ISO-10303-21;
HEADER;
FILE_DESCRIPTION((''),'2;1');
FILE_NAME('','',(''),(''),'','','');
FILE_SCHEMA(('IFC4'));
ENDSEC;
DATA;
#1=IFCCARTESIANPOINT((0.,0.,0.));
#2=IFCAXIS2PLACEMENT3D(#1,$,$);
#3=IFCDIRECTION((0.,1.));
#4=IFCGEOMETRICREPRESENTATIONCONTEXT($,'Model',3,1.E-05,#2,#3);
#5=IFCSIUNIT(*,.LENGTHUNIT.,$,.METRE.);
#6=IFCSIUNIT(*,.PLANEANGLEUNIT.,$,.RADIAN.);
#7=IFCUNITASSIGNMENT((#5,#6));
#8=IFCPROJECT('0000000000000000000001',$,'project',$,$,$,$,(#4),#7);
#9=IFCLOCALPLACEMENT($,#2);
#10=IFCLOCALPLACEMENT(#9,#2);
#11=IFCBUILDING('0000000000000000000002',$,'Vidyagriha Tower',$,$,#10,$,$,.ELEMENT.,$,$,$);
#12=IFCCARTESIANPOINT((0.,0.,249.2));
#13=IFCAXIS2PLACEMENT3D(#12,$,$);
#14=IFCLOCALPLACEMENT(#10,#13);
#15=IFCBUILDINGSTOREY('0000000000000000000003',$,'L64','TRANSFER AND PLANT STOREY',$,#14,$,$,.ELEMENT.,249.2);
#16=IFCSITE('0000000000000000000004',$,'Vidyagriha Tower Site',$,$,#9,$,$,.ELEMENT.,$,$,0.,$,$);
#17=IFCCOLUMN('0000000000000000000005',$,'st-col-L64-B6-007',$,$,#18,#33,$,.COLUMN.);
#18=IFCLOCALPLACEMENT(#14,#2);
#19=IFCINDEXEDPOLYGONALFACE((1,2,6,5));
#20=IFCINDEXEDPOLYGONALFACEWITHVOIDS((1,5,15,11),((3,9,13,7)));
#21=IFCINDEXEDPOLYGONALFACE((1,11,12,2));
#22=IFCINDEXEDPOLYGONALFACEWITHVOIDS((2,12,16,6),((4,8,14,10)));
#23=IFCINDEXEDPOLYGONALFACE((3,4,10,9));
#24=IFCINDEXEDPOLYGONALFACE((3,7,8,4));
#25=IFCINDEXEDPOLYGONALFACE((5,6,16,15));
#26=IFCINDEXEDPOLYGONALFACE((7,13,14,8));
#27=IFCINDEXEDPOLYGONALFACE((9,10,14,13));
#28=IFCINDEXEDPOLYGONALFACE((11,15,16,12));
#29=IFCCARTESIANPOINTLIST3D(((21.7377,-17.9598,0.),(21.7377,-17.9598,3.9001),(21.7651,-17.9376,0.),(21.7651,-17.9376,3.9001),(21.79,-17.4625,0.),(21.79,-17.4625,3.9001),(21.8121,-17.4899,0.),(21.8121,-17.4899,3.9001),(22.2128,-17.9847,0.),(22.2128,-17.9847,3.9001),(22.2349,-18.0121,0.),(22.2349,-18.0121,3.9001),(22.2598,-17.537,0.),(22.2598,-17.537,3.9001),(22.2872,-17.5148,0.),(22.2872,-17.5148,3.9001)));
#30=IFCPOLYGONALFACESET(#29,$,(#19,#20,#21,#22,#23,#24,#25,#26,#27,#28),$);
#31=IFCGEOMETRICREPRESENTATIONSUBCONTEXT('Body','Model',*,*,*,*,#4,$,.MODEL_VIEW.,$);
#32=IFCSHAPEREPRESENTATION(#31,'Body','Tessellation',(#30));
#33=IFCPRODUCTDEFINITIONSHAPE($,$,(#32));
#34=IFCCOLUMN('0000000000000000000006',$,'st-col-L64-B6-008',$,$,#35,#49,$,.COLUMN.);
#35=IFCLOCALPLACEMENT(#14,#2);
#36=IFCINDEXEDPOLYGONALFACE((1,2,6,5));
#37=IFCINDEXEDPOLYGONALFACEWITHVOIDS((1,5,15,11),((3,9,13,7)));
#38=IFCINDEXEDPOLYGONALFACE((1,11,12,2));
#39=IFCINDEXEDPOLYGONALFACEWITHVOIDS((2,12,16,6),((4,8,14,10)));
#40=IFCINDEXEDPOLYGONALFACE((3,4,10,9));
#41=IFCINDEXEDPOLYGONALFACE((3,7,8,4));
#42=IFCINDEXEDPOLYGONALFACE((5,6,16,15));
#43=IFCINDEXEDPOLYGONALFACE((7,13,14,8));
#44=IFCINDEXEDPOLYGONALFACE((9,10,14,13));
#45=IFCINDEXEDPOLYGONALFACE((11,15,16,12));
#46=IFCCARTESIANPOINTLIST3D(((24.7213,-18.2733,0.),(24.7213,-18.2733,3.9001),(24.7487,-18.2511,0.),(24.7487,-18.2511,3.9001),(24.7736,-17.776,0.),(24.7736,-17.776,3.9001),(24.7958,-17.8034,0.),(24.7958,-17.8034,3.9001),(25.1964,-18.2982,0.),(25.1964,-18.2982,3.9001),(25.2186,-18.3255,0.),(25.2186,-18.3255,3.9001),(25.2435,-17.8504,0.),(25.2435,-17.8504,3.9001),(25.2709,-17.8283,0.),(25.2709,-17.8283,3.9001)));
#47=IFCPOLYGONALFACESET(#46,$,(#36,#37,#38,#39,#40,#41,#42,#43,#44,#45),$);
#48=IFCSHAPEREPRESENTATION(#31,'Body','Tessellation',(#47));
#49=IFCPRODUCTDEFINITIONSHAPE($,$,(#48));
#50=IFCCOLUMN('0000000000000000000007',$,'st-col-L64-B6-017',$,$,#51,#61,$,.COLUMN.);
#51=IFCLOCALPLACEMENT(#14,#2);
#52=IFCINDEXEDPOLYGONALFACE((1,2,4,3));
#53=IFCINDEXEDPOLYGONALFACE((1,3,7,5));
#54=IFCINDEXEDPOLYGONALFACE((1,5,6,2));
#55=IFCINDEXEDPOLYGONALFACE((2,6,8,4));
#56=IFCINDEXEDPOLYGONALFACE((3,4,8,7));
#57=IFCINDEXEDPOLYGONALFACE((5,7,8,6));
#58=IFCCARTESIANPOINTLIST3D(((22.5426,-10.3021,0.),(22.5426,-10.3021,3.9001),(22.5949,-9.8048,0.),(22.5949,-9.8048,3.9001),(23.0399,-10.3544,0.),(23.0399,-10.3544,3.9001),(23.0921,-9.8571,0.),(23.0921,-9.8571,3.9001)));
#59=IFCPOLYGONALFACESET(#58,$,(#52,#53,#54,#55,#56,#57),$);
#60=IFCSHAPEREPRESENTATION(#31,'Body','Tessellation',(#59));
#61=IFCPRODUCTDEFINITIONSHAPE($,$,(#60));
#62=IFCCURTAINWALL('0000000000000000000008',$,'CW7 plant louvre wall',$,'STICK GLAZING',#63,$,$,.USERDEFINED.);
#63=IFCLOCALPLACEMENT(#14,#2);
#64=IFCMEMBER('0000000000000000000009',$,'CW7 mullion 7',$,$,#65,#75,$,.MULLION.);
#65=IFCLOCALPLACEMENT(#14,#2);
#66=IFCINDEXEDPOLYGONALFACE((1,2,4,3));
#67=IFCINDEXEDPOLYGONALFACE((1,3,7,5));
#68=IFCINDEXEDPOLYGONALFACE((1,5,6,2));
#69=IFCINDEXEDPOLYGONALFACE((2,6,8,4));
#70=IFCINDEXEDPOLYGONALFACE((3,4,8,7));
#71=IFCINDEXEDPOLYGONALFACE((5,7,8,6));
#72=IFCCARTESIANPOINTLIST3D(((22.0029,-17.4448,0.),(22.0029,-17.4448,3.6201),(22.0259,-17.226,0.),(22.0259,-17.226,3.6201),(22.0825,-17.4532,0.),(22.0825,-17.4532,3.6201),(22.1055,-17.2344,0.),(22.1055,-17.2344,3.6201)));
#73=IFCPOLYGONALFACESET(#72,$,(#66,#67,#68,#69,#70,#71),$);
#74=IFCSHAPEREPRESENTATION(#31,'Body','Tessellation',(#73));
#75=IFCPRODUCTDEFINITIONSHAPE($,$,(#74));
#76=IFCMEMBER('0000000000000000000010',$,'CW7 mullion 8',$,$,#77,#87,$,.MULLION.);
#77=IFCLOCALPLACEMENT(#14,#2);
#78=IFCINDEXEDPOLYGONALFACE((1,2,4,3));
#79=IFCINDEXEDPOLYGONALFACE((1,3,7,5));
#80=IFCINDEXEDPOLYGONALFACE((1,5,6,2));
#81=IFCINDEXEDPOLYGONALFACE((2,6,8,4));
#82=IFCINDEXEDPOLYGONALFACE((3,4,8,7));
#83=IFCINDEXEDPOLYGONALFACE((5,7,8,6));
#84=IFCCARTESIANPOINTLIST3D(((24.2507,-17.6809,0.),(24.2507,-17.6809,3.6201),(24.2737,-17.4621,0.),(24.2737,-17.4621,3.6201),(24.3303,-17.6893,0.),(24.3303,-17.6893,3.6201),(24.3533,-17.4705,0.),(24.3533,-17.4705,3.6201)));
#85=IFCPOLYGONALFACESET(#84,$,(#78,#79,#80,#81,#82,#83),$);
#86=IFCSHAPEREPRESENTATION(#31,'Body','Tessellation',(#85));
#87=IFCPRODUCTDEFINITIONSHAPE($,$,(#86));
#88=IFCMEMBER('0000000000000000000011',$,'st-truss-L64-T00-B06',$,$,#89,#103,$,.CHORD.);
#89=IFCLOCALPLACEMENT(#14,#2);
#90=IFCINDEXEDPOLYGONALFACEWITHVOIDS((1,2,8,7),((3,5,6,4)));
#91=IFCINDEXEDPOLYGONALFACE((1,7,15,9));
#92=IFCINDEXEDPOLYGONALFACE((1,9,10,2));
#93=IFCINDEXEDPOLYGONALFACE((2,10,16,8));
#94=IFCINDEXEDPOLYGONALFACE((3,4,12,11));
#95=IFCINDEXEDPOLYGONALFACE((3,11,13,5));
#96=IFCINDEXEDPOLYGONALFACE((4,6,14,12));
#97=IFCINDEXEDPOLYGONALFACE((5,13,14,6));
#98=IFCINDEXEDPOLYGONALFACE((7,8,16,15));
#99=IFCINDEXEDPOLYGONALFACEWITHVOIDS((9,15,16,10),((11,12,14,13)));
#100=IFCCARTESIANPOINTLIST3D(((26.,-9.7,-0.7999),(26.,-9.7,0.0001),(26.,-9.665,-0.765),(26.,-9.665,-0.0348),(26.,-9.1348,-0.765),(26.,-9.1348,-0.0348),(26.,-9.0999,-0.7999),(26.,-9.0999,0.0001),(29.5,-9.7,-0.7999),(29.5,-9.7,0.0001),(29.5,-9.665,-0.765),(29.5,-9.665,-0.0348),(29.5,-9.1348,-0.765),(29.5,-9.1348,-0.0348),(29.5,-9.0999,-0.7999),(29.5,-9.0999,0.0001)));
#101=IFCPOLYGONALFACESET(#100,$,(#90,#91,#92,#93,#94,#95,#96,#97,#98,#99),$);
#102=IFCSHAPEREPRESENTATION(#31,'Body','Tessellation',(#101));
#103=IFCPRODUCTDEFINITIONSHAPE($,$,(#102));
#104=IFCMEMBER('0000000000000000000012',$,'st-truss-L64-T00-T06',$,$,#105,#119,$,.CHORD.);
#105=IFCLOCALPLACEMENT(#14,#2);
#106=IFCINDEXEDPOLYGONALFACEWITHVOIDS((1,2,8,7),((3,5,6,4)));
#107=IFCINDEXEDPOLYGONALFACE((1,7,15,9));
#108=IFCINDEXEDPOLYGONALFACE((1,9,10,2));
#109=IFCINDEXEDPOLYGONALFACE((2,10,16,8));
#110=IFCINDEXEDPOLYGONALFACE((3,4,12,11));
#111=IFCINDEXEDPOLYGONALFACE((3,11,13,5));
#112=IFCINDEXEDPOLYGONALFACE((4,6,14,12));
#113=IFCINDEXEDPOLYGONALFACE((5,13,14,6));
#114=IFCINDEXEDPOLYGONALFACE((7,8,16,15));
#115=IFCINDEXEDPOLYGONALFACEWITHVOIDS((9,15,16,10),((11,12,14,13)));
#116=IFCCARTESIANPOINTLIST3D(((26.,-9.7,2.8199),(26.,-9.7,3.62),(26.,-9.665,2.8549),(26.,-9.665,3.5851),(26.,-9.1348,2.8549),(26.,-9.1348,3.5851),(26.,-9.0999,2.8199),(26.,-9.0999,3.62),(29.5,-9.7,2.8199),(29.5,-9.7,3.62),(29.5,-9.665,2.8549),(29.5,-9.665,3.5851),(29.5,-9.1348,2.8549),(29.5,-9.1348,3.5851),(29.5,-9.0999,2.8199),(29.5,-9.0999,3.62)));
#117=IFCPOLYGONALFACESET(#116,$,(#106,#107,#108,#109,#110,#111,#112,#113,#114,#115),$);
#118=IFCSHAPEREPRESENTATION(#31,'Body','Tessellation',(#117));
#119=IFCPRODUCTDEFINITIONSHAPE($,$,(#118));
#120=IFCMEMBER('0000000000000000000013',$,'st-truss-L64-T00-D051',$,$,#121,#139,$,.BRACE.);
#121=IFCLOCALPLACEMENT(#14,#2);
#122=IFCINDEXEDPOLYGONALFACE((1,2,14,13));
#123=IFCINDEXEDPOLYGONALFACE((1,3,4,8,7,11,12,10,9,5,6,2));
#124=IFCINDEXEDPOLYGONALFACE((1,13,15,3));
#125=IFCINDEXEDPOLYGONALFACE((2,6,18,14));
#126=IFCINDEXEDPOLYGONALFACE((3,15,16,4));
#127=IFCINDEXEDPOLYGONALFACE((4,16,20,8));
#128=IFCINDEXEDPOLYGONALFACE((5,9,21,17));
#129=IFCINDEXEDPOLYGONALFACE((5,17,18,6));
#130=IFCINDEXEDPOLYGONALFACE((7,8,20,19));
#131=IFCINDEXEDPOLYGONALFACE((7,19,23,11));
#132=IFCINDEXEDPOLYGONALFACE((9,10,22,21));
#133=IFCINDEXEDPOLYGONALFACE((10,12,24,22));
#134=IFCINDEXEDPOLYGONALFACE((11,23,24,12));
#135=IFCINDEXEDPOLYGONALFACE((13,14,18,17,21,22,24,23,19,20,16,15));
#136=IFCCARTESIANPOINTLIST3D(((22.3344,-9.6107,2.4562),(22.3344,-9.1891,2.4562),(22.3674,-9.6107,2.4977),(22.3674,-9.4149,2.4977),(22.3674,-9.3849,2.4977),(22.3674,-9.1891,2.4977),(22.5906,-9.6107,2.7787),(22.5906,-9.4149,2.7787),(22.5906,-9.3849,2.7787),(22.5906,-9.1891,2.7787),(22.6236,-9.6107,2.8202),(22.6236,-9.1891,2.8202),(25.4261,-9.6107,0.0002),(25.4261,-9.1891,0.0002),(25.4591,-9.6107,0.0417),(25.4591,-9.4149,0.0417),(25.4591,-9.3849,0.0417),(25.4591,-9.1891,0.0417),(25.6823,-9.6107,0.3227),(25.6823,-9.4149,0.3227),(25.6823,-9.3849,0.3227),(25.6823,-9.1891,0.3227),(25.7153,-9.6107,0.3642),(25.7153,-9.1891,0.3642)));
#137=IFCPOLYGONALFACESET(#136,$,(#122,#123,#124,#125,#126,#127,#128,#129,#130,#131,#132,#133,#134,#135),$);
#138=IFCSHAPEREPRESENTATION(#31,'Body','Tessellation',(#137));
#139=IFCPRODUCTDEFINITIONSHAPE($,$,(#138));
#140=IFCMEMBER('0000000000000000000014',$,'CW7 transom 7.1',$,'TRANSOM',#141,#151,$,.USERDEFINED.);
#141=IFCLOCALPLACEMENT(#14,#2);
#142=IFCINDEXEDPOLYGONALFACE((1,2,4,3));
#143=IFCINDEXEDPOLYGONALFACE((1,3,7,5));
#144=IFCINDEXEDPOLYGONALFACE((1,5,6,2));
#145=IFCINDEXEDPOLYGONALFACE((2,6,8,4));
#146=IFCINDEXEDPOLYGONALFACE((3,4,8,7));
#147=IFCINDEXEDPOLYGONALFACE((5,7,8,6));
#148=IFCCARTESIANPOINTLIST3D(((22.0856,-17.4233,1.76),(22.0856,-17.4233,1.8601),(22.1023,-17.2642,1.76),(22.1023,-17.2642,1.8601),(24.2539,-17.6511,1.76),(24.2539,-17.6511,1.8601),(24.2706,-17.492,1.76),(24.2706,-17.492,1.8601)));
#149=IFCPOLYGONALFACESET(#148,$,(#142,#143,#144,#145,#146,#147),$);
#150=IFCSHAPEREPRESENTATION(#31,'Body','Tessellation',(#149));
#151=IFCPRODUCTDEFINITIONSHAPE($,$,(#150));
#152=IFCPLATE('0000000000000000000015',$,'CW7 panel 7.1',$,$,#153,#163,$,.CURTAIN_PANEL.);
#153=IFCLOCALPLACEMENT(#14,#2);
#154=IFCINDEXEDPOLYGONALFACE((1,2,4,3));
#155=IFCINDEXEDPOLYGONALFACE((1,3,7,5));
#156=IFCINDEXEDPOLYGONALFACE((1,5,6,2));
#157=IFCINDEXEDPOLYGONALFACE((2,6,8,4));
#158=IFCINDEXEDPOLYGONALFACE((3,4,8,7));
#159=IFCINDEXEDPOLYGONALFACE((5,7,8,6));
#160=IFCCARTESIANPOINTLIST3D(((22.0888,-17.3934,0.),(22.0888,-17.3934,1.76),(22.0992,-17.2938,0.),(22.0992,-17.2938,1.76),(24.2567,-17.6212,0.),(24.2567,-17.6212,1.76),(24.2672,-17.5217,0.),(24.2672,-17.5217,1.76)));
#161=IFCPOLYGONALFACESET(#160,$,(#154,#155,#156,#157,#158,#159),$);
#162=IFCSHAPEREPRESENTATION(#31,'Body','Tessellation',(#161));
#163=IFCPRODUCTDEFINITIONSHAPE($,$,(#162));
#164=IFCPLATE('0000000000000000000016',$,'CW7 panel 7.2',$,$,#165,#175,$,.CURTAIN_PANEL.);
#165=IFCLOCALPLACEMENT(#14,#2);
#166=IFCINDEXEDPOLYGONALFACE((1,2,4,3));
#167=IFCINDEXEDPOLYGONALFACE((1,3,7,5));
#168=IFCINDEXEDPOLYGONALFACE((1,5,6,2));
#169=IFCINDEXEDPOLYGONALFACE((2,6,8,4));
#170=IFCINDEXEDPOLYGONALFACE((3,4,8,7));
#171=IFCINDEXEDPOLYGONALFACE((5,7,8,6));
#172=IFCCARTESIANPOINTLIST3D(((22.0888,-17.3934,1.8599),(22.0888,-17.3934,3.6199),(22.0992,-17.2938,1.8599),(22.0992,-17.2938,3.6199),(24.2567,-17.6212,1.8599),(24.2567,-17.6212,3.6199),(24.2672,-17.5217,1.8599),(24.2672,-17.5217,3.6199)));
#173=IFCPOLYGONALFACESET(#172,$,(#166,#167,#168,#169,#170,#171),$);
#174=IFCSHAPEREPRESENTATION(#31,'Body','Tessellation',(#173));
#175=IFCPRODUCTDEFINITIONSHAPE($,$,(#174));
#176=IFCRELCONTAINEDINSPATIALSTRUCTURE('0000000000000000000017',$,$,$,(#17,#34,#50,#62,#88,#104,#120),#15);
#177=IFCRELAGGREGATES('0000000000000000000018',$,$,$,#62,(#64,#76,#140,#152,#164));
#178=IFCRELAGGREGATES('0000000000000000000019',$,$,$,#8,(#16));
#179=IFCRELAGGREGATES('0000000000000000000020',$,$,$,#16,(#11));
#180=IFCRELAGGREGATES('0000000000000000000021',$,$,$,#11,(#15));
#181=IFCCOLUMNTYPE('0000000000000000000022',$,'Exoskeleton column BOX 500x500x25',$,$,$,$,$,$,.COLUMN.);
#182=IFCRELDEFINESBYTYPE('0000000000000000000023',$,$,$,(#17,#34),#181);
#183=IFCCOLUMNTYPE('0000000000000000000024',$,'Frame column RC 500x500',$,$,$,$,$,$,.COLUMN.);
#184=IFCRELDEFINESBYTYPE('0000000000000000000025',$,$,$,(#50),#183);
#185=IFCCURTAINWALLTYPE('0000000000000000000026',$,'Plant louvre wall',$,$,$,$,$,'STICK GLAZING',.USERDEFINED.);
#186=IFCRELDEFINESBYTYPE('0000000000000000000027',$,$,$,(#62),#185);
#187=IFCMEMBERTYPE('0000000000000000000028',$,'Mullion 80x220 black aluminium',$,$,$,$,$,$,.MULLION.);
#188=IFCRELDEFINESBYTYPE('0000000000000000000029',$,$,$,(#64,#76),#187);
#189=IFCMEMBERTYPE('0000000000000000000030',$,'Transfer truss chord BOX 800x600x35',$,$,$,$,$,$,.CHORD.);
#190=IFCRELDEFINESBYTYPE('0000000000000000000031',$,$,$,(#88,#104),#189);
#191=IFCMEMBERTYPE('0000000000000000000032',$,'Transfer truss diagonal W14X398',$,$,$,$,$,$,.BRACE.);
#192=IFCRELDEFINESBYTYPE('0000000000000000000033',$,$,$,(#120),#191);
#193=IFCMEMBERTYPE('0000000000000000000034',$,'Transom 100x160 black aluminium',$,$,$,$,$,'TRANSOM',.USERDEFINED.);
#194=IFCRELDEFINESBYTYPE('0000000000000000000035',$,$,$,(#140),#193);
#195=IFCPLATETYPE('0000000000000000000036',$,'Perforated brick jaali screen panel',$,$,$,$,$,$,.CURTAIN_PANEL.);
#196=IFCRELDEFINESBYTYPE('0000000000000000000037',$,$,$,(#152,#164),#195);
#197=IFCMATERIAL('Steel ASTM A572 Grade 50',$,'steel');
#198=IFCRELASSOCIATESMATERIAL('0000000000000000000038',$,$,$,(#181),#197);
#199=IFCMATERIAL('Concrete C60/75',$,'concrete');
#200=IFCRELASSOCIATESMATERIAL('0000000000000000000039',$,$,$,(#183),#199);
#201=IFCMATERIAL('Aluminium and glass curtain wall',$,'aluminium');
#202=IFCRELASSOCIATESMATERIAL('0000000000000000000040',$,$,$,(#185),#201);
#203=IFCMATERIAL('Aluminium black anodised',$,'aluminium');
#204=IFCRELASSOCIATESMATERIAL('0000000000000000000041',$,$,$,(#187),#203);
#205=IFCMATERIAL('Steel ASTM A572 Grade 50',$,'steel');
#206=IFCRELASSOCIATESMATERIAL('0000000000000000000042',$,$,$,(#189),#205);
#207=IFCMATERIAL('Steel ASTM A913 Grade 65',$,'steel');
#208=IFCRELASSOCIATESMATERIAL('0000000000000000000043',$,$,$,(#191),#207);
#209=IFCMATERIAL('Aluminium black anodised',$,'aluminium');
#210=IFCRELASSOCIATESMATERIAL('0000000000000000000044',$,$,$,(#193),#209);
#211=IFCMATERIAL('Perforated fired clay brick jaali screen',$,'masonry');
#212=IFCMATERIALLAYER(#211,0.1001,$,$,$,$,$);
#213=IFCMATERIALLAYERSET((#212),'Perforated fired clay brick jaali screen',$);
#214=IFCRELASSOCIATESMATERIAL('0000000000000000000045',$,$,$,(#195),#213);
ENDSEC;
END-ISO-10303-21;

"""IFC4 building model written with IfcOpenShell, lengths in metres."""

from ifc_helpers import new_model, si_unit, direction, frame, origin, origin_2d, place, context, subcontext, project, spatial, rectangle, hollow_rectangle, i_section, extrude, material, layer, layer_set, material_profile, profile_set, type_object, element, aggregate, save


model = new_model("IFC4")

# Units and contexts
model_context = context("Model", 3, precision=1e-05, world=origin(), true_north=direction((0.0, 1.0)))
body_context = subcontext(model_context, "Body", "Model", "MODEL_VIEW")
ifc_project = project(units=[si_unit("LENGTHUNIT", "METRE"), si_unit("PLANEANGLEUNIT", "RADIAN")], contexts=[model_context])

# Site, building, storey
site_placement = place(None, origin())
site = spatial("IfcSite", under=ifc_project, at=site_placement, Name="Vidyagriha Tower Site", CompositionType="ELEMENT", RefElevation=0.0)
building_placement = place(site_placement, origin())
building = spatial("IfcBuilding", under=site, at=building_placement, Name="Vidyagriha Tower", CompositionType="ELEMENT")
storey_placement = place(building_placement, frame((0.0, 0.0, 249.2)))
storey = spatial("IfcBuildingStorey", under=building, at=storey_placement, Name="L64", Description="TRANSFER AND PLANT STOREY", CompositionType="ELEMENT", Elevation=249.2)

# Columns
ifc_material_1 = material(Name="Steel ASTM A572 Grade 50", Category="steel")
ifc_material_profile_1 = material_profile(ifc_material_1, hollow_rectangle(XDim=0.5, YDim=0.5, WallThickness=0.0249, at=origin_2d()), Name="BOX 500x500x25")
ifc_profile_set_1 = profile_set([ifc_material_profile_1], Name="Steel ASTM A572 Grade 50")
column_type_1 = type_object("IfcColumnType", Name="Exoskeleton column BOX 500x500x25", PredefinedType="COLUMN", material=ifc_profile_set_1)
for number, where, z_axis, x_axis, name in (
    (1, (22.0125, -17.7373, 0.0), (0.0, 0.0, 1.0), (0.994522, -0.104528, 0.0), "st-col-L64-B6-007"),
    (2, (24.9961, -18.0508, 0.0), (0.0, 0.0, 1.0), (0.994522, -0.104528, 0.0), "st-col-L64-B6-008"),
):
    element("IfcColumn", number, at=place(storey_placement, frame(where, z_axis=z_axis, x_axis=x_axis)), inside=storey, type_object=column_type_1, Name=name, PredefinedType="COLUMN", context=body_context, shape_type="SweptSolid", body=[
        extrude(hollow_rectangle(XDim=0.5, YDim=0.5, WallThickness=0.0249, at=origin_2d()), origin(), (0.0, 0.0, 1.0), 3.9001),
    ])
ifc_material_2 = material(Name="Concrete C60/75", Category="concrete")
ifc_material_profile_2 = material_profile(ifc_material_2, rectangle(XDim=0.5, YDim=0.5, at=origin_2d()), Name="RC 500x500")
ifc_profile_set_2 = profile_set([ifc_material_profile_2], Name="Concrete C60/75")
column_type_2 = type_object("IfcColumnType", Name="Frame column RC 500x500", PredefinedType="COLUMN", material=ifc_profile_set_2)
column_placement = place(storey_placement, frame((22.8174, -10.0796, 0.0), z_axis=(0.0, 0.0, 1.0), x_axis=(0.994522, -0.104528, 0.0)))
element("IfcColumn", 3, at=column_placement, inside=storey, type_object=column_type_2, Name="st-col-L64-B6-017", PredefinedType="COLUMN", context=body_context, shape_type="SweptSolid", body=[
    extrude(rectangle(XDim=0.5, YDim=0.5, at=origin_2d()), origin(), (0.0, 0.0, 1.0), 3.9001),
])

# Curtain wall, members
ifc_material_3 = material(Name="Aluminium and glass curtain wall", Category="aluminium")
curtain_wall_type = type_object("IfcCurtainWallType", Name="Plant louvre wall", ElementType="STICK GLAZING", PredefinedType="USERDEFINED", material=ifc_material_3)
curtain_wall_placement = place(storey_placement, origin())
curtain_wall = element("IfcCurtainWall", 4, at=curtain_wall_placement, inside=storey, type_object=curtain_wall_type, Name="CW7 plant louvre wall", ObjectType="STICK GLAZING", PredefinedType="USERDEFINED")
ifc_material_4 = material(Name="Aluminium black anodised", Category="aluminium")
ifc_material_profile_3 = material_profile(ifc_material_4, rectangle(XDim=0.22, YDim=0.0801, at=origin_2d()), Name="Mullion 80x220 black aluminium")
ifc_profile_set_3 = profile_set([ifc_material_profile_3], Name="Aluminium black anodised")
member_type_1 = type_object("IfcMemberType", Name="Mullion 80x220 black aluminium", PredefinedType="MULLION", material=ifc_profile_set_3)
member_1_placement = place(storey_placement, frame((22.0542, -17.3396, 0.0), z_axis=(0.0, 0.0, 1.0), x_axis=(0.104527, 0.994522, 0.0)))
member_1 = element("IfcMember", 5, at=member_1_placement, type_object=member_type_1, Name="CW7 mullion 7", PredefinedType="MULLION", context=body_context, shape_type="SweptSolid", body=[
    extrude(rectangle(XDim=0.22, YDim=0.0801, at=origin_2d()), origin(), (0.0, 0.0, 1.0), 3.6201),
])
member_2_placement = place(storey_placement, frame((24.302, -17.5757, 0.0), z_axis=(0.0, 0.0, 1.0), x_axis=(0.104527, 0.994522, 0.0)))
member_2 = element("IfcMember", 6, at=member_2_placement, type_object=member_type_1, Name="CW7 mullion 8", PredefinedType="MULLION", context=body_context, shape_type="SweptSolid", body=[
    extrude(rectangle(XDim=0.22, YDim=0.0801, at=origin_2d()), origin(), (0.0, 0.0, 1.0), 3.6201),
])

# Members
ifc_material_5 = material(Name="Steel ASTM A572 Grade 50", Category="steel")
ifc_material_profile_4 = material_profile(ifc_material_5, hollow_rectangle(XDim=0.6001, YDim=0.8, WallThickness=0.0349, at=origin_2d()), Name="BOX 800x600x35")
ifc_profile_set_4 = profile_set([ifc_material_profile_4], Name="Steel ASTM A572 Grade 50")
member_type_2 = type_object("IfcMemberType", Name="Transfer truss chord BOX 800x600x35", PredefinedType="CHORD", material=ifc_profile_set_4)
for number, where, z_axis, x_axis, name in (
    (7, (26.0, -9.3999, -0.3999), (1.0, 0.0, 0.0), (0.0, 1.0, 0.0), "st-truss-L64-T00-B06"),
    (8, (26.0, -9.3999, 3.22), (1.0, 0.0, 0.0), (0.0, 1.0, 0.0), "st-truss-L64-T00-T06"),
):
    element("IfcMember", number, at=place(storey_placement, frame(where, z_axis=z_axis, x_axis=x_axis)), inside=storey, type_object=member_type_2, Name=name, PredefinedType="CHORD", context=body_context, shape_type="SweptSolid", body=[
        extrude(hollow_rectangle(XDim=0.6001, YDim=0.8, WallThickness=0.0349, at=origin_2d()), origin(), (0.0, 0.0, 1.0), 3.5),
    ])
ifc_material_6 = material(Name="Steel ASTM A913 Grade 65", Category="steel")
ifc_material_profile_5 = material_profile(ifc_material_6, i_section(OverallWidth=0.4216, OverallDepth=0.4648, WebThickness=0.03, FlangeThickness=0.053, at=origin_2d()), Name="W14X398")
ifc_profile_set_5 = profile_set([ifc_material_profile_5], Name="Steel ASTM A913 Grade 65")
member_type_3 = type_object("IfcMemberType", Name="Transfer truss diagonal W14X398", PredefinedType="BRACE", material=ifc_profile_set_5)
member_3_placement = place(storey_placement, frame((22.479, -9.3999, 2.6382), z_axis=(0.783012, 0.0, -0.622007), x_axis=(0.0, 1.0, 0.0)))
element("IfcMember", 9, at=member_3_placement, inside=storey, type_object=member_type_3, Name="st-truss-L64-T00-D051", PredefinedType="BRACE", context=body_context, shape_type="SweptSolid", body=[
    extrude(i_section(OverallWidth=0.4216, OverallDepth=0.4648, WebThickness=0.03, FlangeThickness=0.053, at=origin_2d()), origin(), (0.0, 0.0, 1.0), 3.9485),
])

# Member
ifc_material_7 = material(Name="Aluminium black anodised", Category="aluminium")
ifc_material_profile_6 = material_profile(ifc_material_7, rectangle(XDim=0.1599, YDim=0.1001, at=origin_2d()), Name="Transom 100x160 black aluminium")
ifc_profile_set_6 = profile_set([ifc_material_profile_6], Name="Aluminium black anodised")
member_type_4 = type_object("IfcMemberType", Name="Transom 100x160 black aluminium", ElementType="TRANSOM", PredefinedType="USERDEFINED", material=ifc_profile_set_6)
member_4_placement = place(storey_placement, frame((22.094, -17.3438, 1.8101), z_axis=(0.994527, -0.104481, 0.0), x_axis=(0.104481, 0.994527, 0.0)))
member_4 = element("IfcMember", 10, at=member_4_placement, type_object=member_type_4, Name="CW7 transom 7.1", ObjectType="TRANSOM", PredefinedType="USERDEFINED", context=body_context, shape_type="SweptSolid", body=[
    extrude(rectangle(XDim=0.1599, YDim=0.1001, at=origin_2d()), origin(), (0.0, 0.0, 1.0), 2.1802),
])

# Plates
ifc_material_8 = material(Name="Perforated fired clay brick jaali screen", Category="masonry")
ifc_layer_1 = layer(ifc_material_8, 0.1001)
ifc_layer_set_1 = layer_set([ifc_layer_1], Name="Perforated fired clay brick jaali screen")
plate_type = type_object("IfcPlateType", Name="Perforated brick jaali screen panel", PredefinedType="CURTAIN_PANEL", material=ifc_layer_set_1)
plate_1_placement = place(storey_placement, frame((23.178, -17.4575, 0.0), z_axis=(0.0, 0.0, 1.0), x_axis=(0.994522, -0.104527, 0.0)))
plate_1 = element("IfcPlate", 11, at=plate_1_placement, type_object=plate_type, Name="CW7 panel 7.1", PredefinedType="CURTAIN_PANEL", context=body_context, shape_type="SweptSolid", body=[
    extrude(rectangle(XDim=2.1799, YDim=0.1001, at=origin_2d()), origin(), (0.0, 0.0, 1.0), 1.76),
])
plate_2_placement = place(storey_placement, frame((23.178, -17.4575, 1.8599), z_axis=(0.0, 0.0, 1.0), x_axis=(0.994522, -0.104527, 0.0)))
plate_2 = element("IfcPlate", 12, at=plate_2_placement, type_object=plate_type, Name="CW7 panel 7.2", PredefinedType="CURTAIN_PANEL", context=body_context, shape_type="SweptSolid", body=[
    extrude(rectangle(XDim=2.1799, YDim=0.1001, at=origin_2d()), origin(), (0.0, 0.0, 1.0), 1.76),
])
aggregate(curtain_wall, [member_1, member_2, member_4, plate_1, plate_2])

save(model, "model.ifc")
